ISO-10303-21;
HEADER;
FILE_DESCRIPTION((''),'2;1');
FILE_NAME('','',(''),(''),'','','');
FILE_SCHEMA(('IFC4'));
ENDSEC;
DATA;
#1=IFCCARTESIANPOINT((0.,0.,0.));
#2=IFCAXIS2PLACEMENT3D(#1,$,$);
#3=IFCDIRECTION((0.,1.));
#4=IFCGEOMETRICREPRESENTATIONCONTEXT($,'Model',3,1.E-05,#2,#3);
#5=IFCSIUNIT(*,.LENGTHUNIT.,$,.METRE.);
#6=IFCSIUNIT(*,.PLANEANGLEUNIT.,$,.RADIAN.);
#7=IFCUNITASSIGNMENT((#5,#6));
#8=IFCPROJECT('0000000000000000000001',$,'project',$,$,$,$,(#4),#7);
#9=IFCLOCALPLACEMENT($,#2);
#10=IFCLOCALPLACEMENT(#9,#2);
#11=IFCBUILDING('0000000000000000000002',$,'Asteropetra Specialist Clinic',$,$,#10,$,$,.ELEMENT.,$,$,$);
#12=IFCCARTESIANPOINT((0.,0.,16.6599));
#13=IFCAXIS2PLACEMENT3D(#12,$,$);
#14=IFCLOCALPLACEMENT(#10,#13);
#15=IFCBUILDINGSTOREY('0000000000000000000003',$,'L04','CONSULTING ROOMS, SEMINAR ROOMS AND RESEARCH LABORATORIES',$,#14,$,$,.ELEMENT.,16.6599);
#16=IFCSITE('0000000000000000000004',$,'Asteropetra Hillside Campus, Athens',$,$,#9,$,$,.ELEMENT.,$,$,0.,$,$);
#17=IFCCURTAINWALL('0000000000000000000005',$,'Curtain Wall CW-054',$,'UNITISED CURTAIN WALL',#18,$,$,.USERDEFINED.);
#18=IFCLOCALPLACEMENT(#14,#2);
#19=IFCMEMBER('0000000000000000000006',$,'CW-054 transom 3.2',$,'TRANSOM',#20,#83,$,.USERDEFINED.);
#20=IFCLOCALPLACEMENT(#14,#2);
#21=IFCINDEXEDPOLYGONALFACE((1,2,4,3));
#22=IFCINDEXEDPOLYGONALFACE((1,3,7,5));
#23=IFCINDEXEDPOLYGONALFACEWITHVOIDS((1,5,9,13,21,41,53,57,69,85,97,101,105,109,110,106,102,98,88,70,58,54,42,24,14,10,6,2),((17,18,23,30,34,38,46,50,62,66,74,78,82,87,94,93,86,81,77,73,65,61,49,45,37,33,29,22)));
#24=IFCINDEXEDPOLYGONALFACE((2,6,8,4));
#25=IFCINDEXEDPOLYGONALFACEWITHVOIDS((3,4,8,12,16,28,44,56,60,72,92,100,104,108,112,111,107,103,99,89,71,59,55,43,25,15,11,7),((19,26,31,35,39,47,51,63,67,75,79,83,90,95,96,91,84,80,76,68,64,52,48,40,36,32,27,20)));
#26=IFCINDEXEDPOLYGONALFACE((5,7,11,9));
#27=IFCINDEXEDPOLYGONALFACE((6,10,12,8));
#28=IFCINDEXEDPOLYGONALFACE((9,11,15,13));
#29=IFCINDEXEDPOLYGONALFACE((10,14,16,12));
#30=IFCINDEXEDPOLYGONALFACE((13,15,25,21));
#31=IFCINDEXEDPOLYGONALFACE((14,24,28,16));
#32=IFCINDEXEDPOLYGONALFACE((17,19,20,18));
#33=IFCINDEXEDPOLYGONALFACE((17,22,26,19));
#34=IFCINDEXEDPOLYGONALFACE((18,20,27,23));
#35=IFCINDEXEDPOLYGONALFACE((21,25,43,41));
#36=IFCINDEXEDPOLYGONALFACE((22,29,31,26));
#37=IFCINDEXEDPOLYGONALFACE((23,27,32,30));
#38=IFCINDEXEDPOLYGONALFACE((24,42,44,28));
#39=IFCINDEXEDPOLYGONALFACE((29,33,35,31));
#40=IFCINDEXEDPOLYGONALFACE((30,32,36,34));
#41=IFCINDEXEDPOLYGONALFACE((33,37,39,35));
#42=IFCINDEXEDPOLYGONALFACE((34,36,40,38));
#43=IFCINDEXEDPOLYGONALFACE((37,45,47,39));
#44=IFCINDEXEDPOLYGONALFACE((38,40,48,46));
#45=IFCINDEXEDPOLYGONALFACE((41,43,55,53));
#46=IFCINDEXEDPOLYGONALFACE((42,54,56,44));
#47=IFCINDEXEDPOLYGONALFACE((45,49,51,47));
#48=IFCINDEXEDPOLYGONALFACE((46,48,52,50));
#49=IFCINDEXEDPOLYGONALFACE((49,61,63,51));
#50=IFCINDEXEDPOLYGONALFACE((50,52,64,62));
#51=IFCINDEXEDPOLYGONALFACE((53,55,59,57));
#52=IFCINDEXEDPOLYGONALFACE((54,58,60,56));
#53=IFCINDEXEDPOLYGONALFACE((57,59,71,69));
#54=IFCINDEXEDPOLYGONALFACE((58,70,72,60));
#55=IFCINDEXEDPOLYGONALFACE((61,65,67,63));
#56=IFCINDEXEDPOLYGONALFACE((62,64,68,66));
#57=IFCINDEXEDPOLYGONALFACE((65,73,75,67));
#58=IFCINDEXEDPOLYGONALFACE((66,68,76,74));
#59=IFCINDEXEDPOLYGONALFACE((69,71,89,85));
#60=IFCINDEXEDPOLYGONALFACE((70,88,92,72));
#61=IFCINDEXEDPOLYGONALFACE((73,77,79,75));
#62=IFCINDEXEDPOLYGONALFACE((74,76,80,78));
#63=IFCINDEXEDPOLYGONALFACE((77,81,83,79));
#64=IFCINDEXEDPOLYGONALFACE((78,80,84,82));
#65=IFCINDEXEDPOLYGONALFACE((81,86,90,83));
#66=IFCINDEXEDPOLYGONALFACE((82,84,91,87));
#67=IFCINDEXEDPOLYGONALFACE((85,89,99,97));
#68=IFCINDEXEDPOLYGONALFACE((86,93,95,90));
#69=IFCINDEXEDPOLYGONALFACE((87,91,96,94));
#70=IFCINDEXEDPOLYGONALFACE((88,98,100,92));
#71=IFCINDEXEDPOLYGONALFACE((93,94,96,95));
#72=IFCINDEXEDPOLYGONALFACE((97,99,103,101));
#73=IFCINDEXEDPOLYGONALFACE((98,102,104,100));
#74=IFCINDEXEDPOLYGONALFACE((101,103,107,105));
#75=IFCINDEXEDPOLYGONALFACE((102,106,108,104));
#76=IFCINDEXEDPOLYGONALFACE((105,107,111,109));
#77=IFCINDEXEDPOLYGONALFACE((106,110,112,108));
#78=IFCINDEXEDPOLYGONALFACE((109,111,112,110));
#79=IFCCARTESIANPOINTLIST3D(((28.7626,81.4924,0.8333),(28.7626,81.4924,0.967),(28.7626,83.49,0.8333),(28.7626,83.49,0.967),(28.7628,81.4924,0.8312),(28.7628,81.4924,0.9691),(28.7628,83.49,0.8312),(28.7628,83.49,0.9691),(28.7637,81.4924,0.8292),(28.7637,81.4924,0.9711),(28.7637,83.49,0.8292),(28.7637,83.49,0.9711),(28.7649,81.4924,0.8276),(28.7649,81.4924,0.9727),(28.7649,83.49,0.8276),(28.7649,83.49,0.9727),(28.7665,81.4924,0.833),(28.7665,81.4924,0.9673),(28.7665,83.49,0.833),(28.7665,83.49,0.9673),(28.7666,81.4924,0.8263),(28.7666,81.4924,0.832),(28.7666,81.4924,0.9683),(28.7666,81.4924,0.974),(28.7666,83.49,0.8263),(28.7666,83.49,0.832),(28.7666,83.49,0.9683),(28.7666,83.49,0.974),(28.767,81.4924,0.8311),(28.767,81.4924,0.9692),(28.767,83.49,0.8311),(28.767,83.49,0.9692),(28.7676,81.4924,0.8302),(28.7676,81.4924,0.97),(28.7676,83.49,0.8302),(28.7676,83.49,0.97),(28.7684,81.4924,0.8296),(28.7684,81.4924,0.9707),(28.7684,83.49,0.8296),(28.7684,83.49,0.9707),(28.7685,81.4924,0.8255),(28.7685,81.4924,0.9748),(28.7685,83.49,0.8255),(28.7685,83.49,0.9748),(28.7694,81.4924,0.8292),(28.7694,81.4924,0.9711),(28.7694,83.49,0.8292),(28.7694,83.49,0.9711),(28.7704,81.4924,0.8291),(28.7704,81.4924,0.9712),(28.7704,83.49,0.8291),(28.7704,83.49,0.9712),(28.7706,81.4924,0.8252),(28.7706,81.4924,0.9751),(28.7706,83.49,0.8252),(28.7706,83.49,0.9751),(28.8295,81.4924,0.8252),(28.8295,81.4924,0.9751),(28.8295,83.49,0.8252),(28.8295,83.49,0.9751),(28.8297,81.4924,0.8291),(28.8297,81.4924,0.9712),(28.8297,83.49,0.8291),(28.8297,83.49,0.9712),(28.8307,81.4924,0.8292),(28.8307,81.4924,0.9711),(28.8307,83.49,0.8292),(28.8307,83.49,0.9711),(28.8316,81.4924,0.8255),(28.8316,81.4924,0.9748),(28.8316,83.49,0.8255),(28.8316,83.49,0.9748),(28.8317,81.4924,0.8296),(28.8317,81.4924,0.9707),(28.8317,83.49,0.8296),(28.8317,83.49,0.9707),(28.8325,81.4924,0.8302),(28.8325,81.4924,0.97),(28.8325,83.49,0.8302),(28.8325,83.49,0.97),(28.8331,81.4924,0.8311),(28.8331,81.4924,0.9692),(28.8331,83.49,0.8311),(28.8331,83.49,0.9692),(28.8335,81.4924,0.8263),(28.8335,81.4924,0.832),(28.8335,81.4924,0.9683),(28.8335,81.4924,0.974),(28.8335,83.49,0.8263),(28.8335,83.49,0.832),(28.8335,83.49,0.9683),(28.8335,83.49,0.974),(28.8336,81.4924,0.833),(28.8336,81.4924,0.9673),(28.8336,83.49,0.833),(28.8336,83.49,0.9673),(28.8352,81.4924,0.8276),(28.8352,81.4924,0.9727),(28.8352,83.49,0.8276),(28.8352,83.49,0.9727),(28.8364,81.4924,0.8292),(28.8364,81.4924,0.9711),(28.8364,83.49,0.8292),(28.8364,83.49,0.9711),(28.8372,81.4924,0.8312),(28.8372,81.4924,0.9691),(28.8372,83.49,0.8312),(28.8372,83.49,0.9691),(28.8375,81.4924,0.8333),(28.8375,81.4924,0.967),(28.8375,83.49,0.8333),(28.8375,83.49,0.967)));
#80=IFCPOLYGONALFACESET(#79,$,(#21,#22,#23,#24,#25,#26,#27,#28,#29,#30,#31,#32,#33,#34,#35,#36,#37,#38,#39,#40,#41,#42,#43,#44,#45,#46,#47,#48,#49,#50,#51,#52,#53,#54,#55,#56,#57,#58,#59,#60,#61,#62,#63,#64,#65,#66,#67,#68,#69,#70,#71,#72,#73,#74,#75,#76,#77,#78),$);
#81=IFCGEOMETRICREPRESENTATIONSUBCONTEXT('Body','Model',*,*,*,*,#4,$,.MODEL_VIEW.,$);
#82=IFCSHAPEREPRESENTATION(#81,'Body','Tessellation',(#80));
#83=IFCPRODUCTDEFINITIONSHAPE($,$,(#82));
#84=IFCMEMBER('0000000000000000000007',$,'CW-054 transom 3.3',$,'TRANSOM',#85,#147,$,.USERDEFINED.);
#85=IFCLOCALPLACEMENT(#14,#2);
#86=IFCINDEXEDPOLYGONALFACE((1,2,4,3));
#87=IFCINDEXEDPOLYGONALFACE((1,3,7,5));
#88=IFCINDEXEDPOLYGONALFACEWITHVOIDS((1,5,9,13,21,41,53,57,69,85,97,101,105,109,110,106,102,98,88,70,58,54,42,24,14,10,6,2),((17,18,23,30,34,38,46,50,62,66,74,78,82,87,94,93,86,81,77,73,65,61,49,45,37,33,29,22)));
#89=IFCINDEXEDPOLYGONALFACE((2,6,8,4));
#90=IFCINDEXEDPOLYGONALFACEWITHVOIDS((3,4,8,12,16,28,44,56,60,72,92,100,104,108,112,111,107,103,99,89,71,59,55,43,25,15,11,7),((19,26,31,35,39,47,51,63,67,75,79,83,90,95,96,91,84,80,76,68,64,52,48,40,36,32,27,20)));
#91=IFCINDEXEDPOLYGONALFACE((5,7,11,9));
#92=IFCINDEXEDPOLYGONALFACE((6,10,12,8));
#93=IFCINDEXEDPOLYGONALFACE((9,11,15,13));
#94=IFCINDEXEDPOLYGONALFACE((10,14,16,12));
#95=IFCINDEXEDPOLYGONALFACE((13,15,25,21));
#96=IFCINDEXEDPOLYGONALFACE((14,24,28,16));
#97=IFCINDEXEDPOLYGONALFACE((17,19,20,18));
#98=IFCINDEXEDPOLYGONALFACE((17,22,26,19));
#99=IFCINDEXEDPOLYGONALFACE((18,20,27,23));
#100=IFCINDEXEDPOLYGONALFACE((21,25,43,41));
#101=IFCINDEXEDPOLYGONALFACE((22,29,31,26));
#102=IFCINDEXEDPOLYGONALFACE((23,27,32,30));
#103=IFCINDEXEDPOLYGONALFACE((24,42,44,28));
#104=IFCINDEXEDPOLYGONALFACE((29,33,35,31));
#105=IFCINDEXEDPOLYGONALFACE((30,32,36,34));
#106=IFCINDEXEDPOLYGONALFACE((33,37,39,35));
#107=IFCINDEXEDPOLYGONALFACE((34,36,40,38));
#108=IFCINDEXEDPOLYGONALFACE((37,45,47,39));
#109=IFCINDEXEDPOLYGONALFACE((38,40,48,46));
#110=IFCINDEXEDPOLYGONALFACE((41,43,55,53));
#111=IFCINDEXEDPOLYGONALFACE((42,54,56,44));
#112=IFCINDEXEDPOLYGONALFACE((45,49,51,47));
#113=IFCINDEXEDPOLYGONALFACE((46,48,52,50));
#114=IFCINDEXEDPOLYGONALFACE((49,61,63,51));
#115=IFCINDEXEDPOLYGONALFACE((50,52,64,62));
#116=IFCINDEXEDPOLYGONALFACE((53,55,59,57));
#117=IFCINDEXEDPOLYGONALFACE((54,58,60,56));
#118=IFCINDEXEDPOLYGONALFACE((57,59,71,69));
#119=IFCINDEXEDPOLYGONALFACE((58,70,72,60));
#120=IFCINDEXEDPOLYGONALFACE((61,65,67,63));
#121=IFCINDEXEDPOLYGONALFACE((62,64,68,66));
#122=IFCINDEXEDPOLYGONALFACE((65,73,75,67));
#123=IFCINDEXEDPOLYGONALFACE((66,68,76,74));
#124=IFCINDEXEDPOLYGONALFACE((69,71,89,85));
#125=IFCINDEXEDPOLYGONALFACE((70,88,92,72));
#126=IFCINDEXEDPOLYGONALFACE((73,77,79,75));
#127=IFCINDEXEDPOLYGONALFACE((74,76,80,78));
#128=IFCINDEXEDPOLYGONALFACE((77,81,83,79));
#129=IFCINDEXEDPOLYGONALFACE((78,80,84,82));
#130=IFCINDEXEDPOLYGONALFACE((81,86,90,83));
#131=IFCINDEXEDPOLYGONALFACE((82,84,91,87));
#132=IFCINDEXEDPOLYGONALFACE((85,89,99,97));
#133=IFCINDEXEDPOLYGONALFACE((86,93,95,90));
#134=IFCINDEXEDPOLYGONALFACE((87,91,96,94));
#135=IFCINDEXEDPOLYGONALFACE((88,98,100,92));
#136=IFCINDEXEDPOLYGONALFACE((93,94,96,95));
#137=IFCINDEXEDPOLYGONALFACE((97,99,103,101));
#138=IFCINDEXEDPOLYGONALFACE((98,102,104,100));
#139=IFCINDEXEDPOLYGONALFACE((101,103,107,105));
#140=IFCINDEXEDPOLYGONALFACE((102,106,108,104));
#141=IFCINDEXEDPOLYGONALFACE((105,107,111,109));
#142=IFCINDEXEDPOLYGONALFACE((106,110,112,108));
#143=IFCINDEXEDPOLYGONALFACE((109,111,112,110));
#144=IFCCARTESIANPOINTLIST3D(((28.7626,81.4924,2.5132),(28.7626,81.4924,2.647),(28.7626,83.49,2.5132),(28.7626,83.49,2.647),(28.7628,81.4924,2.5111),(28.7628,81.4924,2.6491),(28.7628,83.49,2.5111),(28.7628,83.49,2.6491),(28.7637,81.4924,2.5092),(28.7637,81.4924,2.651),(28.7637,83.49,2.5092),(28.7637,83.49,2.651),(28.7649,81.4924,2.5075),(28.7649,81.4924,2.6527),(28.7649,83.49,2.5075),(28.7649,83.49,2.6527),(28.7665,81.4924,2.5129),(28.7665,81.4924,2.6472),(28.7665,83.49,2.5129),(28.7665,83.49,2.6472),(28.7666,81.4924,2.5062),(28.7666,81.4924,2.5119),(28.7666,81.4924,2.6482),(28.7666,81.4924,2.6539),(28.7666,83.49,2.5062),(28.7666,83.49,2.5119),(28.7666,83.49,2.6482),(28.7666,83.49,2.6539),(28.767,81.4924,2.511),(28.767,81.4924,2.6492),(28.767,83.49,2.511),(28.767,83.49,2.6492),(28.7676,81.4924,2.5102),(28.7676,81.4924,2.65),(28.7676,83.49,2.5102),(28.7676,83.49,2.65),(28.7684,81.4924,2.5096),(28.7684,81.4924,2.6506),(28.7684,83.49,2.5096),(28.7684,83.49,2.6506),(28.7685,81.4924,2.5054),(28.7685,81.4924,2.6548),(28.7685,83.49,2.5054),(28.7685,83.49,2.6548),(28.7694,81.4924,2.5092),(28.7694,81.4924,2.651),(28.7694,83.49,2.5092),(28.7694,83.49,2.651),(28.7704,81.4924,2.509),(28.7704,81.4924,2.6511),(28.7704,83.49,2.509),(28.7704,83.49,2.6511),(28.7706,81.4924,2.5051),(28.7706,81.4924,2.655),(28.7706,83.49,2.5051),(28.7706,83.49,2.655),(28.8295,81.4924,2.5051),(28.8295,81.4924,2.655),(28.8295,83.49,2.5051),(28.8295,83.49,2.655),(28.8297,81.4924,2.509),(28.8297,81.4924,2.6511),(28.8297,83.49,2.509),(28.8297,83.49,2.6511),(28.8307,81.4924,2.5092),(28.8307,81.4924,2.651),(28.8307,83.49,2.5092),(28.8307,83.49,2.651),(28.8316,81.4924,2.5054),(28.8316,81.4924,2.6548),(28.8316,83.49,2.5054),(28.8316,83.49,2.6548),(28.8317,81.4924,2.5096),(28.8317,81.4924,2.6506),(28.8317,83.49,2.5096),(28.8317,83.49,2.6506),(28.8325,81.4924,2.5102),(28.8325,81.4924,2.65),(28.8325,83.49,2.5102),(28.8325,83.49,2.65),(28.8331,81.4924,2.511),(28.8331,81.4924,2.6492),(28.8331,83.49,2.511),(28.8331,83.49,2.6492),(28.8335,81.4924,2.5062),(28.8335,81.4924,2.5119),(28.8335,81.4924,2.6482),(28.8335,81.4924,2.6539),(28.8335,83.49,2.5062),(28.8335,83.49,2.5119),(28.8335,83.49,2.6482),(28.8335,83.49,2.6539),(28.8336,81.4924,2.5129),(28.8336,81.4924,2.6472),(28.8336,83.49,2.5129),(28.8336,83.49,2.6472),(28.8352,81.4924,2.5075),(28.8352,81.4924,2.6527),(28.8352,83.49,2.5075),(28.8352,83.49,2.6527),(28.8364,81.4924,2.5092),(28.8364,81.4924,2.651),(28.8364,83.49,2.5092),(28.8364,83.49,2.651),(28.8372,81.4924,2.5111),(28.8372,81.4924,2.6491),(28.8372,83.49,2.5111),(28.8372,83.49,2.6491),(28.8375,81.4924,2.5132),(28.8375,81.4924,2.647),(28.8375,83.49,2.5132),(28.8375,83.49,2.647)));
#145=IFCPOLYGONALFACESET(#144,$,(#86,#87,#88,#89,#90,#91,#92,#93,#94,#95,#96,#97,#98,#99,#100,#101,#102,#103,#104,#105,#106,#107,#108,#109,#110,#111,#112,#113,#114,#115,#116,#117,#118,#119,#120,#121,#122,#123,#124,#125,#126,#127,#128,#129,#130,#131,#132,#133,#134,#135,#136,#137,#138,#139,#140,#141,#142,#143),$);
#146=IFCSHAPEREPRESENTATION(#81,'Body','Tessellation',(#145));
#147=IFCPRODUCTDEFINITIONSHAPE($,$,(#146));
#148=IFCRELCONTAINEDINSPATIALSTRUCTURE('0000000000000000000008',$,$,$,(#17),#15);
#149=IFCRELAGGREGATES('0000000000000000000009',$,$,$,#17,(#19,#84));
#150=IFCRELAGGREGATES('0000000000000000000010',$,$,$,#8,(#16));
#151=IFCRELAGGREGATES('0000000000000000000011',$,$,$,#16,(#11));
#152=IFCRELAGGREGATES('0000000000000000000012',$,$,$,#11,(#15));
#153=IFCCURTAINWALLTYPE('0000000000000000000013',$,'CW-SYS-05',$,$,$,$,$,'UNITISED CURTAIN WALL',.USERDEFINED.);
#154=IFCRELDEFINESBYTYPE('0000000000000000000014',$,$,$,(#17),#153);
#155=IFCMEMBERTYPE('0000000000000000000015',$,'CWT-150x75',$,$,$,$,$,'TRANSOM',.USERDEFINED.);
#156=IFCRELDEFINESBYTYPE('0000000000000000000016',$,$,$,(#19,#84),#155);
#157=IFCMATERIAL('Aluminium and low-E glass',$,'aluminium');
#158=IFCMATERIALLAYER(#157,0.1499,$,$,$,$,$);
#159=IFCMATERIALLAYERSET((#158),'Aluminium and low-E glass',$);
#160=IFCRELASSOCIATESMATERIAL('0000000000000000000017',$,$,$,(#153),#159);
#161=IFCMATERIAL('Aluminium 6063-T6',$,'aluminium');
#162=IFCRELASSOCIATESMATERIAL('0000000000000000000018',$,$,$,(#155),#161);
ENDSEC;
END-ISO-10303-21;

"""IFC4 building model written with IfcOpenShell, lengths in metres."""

from ifc_helpers import new_model, si_unit, direction, frame, origin, origin_2d, place, context, subcontext, project, spatial, hollow_rectangle, extrude, material, layer, layer_set, material_profile, profile_set, type_object, element, aggregate, save


model = new_model("IFC4")

# Units and contexts
model_context = context("Model", 3, precision=1e-05, world=origin(), true_north=direction((0.0, 1.0)))
body_context = subcontext(model_context, "Body", "Model", "MODEL_VIEW")
ifc_project = project(units=[si_unit("LENGTHUNIT", "METRE"), si_unit("PLANEANGLEUNIT", "RADIAN")], contexts=[model_context])

# Site, building, storey
site_placement = place(None, origin())
site = spatial("IfcSite", under=ifc_project, at=site_placement, Name="Asteropetra Hillside Campus, Athens", CompositionType="ELEMENT", RefElevation=0.0)
building_placement = place(site_placement, origin())
building = spatial("IfcBuilding", under=site, at=building_placement, Name="Asteropetra Specialist Clinic", CompositionType="ELEMENT")
storey_placement = place(building_placement, frame((0.0, 0.0, 16.6599)))
storey = spatial("IfcBuildingStorey", under=building, at=storey_placement, Name="L04", Description="CONSULTING ROOMS, SEMINAR ROOMS AND RESEARCH LABORATORIES", CompositionType="ELEMENT", Elevation=16.6599)

# Curtain wall, members
ifc_material_1 = material(Name="Aluminium and low-E glass", Category="aluminium")
ifc_layer_1 = layer(ifc_material_1, 0.1499)
ifc_layer_set_1 = layer_set([ifc_layer_1], Name="Aluminium and low-E glass")
curtain_wall_type = type_object("IfcCurtainWallType", Name="CW-SYS-05", ElementType="UNITISED CURTAIN WALL", PredefinedType="USERDEFINED", material=ifc_layer_set_1)
curtain_wall_placement = place(storey_placement, origin())
curtain_wall = element("IfcCurtainWall", 1, at=curtain_wall_placement, inside=storey, type_object=curtain_wall_type, Name="Curtain Wall CW-054", ObjectType="UNITISED CURTAIN WALL", PredefinedType="USERDEFINED")
ifc_material_2 = material(Name="Aluminium 6063-T6", Category="aluminium")
ifc_material_profile_1 = material_profile(ifc_material_2, hollow_rectangle(XDim=0.075, YDim=0.1499, WallThickness=0.0039, InnerFilletRadius=0.0039, OuterFilletRadius=0.0081, at=origin_2d()), Name="TRN 150x75x4.0")
ifc_profile_set_1 = profile_set([ifc_material_profile_1], Name="Aluminium 6063-T6")
member_type_1 = type_object("IfcMemberType", Name="CWT-150x75", ElementType="TRANSOM", PredefinedType="USERDEFINED", material=ifc_profile_set_1)
member_1_placement = place(storey_placement, frame((28.8, 81.4924, 0.9001), z_axis=(0.0, 1.0, 0.0), x_axis=(-1.0, 0.0, 0.0)))
member_1 = element("IfcMember", 2, at=member_1_placement, type_object=member_type_1, Name="CW-054 transom 3.2", ObjectType="TRANSOM", PredefinedType="USERDEFINED", context=body_context, shape_type="SweptSolid", body=[
    extrude(hollow_rectangle(XDim=0.075, YDim=0.1499, WallThickness=0.0039, InnerFilletRadius=0.0039, OuterFilletRadius=0.0081, at=origin_2d()), origin(), (0.0, 0.0, 1.0), 1.9976),
])
member_2_placement = place(storey_placement, frame((28.8, 81.4924, 2.5801), z_axis=(0.0, 1.0, 0.0), x_axis=(-1.0, 0.0, 0.0)))
member_2 = element("IfcMember", 3, at=member_2_placement, type_object=member_type_1, Name="CW-054 transom 3.3", ObjectType="TRANSOM", PredefinedType="USERDEFINED", context=body_context, shape_type="SweptSolid", body=[
    extrude(hollow_rectangle(XDim=0.075, YDim=0.1499, WallThickness=0.0039, InnerFilletRadius=0.0039, OuterFilletRadius=0.0081, at=origin_2d()), origin(), (0.0, 0.0, 1.0), 1.9976),
])

aggregate(curtain_wall, [member_1, member_2])

save(model, "model.ifc")
